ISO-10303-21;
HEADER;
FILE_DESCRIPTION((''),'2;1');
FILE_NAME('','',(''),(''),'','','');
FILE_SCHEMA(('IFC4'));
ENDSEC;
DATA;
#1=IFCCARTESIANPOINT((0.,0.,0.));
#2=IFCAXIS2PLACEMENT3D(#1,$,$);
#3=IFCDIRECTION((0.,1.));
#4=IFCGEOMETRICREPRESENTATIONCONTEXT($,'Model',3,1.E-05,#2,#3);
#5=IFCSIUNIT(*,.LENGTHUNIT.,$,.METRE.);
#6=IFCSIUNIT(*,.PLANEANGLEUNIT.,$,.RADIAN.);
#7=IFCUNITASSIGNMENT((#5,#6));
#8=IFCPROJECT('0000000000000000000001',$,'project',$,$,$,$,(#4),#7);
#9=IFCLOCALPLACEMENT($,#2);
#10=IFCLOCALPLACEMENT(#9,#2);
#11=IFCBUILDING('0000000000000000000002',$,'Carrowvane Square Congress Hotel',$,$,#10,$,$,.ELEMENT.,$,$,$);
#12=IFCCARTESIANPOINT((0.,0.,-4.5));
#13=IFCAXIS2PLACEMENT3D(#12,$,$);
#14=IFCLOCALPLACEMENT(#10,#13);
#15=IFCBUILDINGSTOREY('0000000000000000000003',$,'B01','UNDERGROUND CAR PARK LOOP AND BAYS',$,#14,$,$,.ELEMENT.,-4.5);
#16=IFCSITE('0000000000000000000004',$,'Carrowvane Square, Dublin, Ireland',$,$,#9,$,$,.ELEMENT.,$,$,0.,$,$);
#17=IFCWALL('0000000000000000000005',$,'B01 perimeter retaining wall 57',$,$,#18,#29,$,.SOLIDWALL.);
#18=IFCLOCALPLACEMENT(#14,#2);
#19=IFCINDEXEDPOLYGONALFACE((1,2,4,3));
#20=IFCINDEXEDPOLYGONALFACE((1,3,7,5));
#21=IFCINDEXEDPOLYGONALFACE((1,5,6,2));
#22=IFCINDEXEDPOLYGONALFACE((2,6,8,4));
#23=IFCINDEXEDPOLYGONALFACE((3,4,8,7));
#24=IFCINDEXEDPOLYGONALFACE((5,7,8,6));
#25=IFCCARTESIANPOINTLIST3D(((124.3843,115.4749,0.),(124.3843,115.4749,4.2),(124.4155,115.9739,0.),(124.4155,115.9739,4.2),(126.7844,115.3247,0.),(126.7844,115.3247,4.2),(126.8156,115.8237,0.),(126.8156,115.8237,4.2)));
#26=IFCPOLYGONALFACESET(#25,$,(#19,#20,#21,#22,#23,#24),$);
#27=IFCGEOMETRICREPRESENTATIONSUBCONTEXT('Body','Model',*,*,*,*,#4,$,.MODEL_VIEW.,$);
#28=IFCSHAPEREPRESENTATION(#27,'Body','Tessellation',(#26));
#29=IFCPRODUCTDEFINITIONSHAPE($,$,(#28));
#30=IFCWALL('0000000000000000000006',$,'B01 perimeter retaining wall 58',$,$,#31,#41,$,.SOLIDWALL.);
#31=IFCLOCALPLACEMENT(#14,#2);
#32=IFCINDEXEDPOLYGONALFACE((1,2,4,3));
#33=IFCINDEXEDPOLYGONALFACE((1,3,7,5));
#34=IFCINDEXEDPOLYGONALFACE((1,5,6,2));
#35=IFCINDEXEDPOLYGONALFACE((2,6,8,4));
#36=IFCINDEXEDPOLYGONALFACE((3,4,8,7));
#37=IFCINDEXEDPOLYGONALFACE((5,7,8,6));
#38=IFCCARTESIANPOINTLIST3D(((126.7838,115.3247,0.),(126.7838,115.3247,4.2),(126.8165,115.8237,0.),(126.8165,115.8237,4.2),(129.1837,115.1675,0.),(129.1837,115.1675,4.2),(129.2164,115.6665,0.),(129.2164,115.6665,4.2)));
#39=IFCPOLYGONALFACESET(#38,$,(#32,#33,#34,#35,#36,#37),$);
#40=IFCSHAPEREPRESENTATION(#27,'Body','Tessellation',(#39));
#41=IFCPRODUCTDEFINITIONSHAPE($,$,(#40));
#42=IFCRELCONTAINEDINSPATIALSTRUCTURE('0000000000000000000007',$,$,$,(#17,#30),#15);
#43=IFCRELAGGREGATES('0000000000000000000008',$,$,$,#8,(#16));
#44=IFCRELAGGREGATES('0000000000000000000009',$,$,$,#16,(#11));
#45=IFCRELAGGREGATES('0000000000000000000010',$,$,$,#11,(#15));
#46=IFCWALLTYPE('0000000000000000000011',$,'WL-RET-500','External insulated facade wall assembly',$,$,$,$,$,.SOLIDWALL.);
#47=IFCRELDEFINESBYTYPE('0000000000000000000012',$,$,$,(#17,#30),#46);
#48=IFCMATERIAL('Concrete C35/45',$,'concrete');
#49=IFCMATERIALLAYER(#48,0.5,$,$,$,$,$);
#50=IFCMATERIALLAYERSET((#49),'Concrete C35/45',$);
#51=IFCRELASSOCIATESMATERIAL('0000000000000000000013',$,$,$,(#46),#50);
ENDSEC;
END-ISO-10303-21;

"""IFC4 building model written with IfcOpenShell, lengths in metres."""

from ifc_helpers import new_model, si_unit, direction, frame, frame_2d, origin, place, context, subcontext, project, spatial, rectangle, extrude, material, layer, layer_set, type_object, element, save


model = new_model("IFC4")

# Units and contexts
model_context = context("Model", 3, precision=1e-05, world=origin(), true_north=direction((0.0, 1.0)))
body_context = subcontext(model_context, "Body", "Model", "MODEL_VIEW")
ifc_project = project(units=[si_unit("LENGTHUNIT", "METRE"), si_unit("PLANEANGLEUNIT", "RADIAN")], contexts=[model_context])

# Site, building, storey
site_placement = place(None, origin())
site = spatial("IfcSite", under=ifc_project, at=site_placement, Name="Carrowvane Square, Dublin, Ireland", CompositionType="ELEMENT", RefElevation=0.0)
building_placement = place(site_placement, origin())
building = spatial("IfcBuilding", under=site, at=building_placement, Name="Carrowvane Square Congress Hotel", CompositionType="ELEMENT")
storey_placement = place(building_placement, frame((0.0, 0.0, -4.5)))
storey = spatial("IfcBuildingStorey", under=building, at=storey_placement, Name="B01", Description="UNDERGROUND CAR PARK LOOP AND BAYS", CompositionType="ELEMENT", Elevation=-4.5)

# Walls
ifc_material_1 = material(Name="Concrete C35/45", Category="concrete")
ifc_layer = layer(ifc_material_1, 0.5)
ifc_layer_set = layer_set([ifc_layer], Name="Concrete C35/45")
wall_type = type_object("IfcWallType", Name="WL-RET-500", Description="External insulated facade wall assembly", PredefinedType="SOLIDWALL", material=ifc_layer_set)
wall_1_placement = place(storey_placement, frame((124.3999, 115.7244, 0.0), z_axis=(0.0, 0.0, 1.0), x_axis=(0.998049, -0.062435, 0.0)))
element("IfcWall", 1, at=wall_1_placement, inside=storey, type_object=wall_type, Name="B01 perimeter retaining wall 57", PredefinedType="SOLIDWALL", context=body_context, shape_type="SweptSolid", body=[
    extrude(rectangle(XDim=2.4048, YDim=0.5, at=frame_2d((1.2024, 0.0))), origin(), (0.0, 0.0, 1.0), 4.2),
])
wall_2_placement = place(storey_placement, frame((126.8, 115.5742, 0.0), z_axis=(0.0, 0.0, 1.0), x_axis=(0.997861, -0.065374, 0.0)))
element("IfcWall", 2, at=wall_2_placement, inside=storey, type_object=wall_type, Name="B01 perimeter retaining wall 58", PredefinedType="SOLIDWALL", context=body_context, shape_type="SweptSolid", body=[
    extrude(rectangle(XDim=2.405, YDim=0.5, at=frame_2d((1.2026, 0.0))), origin(), (0.0, 0.0, 1.0), 4.2),
])

save(model, "model.ifc")
